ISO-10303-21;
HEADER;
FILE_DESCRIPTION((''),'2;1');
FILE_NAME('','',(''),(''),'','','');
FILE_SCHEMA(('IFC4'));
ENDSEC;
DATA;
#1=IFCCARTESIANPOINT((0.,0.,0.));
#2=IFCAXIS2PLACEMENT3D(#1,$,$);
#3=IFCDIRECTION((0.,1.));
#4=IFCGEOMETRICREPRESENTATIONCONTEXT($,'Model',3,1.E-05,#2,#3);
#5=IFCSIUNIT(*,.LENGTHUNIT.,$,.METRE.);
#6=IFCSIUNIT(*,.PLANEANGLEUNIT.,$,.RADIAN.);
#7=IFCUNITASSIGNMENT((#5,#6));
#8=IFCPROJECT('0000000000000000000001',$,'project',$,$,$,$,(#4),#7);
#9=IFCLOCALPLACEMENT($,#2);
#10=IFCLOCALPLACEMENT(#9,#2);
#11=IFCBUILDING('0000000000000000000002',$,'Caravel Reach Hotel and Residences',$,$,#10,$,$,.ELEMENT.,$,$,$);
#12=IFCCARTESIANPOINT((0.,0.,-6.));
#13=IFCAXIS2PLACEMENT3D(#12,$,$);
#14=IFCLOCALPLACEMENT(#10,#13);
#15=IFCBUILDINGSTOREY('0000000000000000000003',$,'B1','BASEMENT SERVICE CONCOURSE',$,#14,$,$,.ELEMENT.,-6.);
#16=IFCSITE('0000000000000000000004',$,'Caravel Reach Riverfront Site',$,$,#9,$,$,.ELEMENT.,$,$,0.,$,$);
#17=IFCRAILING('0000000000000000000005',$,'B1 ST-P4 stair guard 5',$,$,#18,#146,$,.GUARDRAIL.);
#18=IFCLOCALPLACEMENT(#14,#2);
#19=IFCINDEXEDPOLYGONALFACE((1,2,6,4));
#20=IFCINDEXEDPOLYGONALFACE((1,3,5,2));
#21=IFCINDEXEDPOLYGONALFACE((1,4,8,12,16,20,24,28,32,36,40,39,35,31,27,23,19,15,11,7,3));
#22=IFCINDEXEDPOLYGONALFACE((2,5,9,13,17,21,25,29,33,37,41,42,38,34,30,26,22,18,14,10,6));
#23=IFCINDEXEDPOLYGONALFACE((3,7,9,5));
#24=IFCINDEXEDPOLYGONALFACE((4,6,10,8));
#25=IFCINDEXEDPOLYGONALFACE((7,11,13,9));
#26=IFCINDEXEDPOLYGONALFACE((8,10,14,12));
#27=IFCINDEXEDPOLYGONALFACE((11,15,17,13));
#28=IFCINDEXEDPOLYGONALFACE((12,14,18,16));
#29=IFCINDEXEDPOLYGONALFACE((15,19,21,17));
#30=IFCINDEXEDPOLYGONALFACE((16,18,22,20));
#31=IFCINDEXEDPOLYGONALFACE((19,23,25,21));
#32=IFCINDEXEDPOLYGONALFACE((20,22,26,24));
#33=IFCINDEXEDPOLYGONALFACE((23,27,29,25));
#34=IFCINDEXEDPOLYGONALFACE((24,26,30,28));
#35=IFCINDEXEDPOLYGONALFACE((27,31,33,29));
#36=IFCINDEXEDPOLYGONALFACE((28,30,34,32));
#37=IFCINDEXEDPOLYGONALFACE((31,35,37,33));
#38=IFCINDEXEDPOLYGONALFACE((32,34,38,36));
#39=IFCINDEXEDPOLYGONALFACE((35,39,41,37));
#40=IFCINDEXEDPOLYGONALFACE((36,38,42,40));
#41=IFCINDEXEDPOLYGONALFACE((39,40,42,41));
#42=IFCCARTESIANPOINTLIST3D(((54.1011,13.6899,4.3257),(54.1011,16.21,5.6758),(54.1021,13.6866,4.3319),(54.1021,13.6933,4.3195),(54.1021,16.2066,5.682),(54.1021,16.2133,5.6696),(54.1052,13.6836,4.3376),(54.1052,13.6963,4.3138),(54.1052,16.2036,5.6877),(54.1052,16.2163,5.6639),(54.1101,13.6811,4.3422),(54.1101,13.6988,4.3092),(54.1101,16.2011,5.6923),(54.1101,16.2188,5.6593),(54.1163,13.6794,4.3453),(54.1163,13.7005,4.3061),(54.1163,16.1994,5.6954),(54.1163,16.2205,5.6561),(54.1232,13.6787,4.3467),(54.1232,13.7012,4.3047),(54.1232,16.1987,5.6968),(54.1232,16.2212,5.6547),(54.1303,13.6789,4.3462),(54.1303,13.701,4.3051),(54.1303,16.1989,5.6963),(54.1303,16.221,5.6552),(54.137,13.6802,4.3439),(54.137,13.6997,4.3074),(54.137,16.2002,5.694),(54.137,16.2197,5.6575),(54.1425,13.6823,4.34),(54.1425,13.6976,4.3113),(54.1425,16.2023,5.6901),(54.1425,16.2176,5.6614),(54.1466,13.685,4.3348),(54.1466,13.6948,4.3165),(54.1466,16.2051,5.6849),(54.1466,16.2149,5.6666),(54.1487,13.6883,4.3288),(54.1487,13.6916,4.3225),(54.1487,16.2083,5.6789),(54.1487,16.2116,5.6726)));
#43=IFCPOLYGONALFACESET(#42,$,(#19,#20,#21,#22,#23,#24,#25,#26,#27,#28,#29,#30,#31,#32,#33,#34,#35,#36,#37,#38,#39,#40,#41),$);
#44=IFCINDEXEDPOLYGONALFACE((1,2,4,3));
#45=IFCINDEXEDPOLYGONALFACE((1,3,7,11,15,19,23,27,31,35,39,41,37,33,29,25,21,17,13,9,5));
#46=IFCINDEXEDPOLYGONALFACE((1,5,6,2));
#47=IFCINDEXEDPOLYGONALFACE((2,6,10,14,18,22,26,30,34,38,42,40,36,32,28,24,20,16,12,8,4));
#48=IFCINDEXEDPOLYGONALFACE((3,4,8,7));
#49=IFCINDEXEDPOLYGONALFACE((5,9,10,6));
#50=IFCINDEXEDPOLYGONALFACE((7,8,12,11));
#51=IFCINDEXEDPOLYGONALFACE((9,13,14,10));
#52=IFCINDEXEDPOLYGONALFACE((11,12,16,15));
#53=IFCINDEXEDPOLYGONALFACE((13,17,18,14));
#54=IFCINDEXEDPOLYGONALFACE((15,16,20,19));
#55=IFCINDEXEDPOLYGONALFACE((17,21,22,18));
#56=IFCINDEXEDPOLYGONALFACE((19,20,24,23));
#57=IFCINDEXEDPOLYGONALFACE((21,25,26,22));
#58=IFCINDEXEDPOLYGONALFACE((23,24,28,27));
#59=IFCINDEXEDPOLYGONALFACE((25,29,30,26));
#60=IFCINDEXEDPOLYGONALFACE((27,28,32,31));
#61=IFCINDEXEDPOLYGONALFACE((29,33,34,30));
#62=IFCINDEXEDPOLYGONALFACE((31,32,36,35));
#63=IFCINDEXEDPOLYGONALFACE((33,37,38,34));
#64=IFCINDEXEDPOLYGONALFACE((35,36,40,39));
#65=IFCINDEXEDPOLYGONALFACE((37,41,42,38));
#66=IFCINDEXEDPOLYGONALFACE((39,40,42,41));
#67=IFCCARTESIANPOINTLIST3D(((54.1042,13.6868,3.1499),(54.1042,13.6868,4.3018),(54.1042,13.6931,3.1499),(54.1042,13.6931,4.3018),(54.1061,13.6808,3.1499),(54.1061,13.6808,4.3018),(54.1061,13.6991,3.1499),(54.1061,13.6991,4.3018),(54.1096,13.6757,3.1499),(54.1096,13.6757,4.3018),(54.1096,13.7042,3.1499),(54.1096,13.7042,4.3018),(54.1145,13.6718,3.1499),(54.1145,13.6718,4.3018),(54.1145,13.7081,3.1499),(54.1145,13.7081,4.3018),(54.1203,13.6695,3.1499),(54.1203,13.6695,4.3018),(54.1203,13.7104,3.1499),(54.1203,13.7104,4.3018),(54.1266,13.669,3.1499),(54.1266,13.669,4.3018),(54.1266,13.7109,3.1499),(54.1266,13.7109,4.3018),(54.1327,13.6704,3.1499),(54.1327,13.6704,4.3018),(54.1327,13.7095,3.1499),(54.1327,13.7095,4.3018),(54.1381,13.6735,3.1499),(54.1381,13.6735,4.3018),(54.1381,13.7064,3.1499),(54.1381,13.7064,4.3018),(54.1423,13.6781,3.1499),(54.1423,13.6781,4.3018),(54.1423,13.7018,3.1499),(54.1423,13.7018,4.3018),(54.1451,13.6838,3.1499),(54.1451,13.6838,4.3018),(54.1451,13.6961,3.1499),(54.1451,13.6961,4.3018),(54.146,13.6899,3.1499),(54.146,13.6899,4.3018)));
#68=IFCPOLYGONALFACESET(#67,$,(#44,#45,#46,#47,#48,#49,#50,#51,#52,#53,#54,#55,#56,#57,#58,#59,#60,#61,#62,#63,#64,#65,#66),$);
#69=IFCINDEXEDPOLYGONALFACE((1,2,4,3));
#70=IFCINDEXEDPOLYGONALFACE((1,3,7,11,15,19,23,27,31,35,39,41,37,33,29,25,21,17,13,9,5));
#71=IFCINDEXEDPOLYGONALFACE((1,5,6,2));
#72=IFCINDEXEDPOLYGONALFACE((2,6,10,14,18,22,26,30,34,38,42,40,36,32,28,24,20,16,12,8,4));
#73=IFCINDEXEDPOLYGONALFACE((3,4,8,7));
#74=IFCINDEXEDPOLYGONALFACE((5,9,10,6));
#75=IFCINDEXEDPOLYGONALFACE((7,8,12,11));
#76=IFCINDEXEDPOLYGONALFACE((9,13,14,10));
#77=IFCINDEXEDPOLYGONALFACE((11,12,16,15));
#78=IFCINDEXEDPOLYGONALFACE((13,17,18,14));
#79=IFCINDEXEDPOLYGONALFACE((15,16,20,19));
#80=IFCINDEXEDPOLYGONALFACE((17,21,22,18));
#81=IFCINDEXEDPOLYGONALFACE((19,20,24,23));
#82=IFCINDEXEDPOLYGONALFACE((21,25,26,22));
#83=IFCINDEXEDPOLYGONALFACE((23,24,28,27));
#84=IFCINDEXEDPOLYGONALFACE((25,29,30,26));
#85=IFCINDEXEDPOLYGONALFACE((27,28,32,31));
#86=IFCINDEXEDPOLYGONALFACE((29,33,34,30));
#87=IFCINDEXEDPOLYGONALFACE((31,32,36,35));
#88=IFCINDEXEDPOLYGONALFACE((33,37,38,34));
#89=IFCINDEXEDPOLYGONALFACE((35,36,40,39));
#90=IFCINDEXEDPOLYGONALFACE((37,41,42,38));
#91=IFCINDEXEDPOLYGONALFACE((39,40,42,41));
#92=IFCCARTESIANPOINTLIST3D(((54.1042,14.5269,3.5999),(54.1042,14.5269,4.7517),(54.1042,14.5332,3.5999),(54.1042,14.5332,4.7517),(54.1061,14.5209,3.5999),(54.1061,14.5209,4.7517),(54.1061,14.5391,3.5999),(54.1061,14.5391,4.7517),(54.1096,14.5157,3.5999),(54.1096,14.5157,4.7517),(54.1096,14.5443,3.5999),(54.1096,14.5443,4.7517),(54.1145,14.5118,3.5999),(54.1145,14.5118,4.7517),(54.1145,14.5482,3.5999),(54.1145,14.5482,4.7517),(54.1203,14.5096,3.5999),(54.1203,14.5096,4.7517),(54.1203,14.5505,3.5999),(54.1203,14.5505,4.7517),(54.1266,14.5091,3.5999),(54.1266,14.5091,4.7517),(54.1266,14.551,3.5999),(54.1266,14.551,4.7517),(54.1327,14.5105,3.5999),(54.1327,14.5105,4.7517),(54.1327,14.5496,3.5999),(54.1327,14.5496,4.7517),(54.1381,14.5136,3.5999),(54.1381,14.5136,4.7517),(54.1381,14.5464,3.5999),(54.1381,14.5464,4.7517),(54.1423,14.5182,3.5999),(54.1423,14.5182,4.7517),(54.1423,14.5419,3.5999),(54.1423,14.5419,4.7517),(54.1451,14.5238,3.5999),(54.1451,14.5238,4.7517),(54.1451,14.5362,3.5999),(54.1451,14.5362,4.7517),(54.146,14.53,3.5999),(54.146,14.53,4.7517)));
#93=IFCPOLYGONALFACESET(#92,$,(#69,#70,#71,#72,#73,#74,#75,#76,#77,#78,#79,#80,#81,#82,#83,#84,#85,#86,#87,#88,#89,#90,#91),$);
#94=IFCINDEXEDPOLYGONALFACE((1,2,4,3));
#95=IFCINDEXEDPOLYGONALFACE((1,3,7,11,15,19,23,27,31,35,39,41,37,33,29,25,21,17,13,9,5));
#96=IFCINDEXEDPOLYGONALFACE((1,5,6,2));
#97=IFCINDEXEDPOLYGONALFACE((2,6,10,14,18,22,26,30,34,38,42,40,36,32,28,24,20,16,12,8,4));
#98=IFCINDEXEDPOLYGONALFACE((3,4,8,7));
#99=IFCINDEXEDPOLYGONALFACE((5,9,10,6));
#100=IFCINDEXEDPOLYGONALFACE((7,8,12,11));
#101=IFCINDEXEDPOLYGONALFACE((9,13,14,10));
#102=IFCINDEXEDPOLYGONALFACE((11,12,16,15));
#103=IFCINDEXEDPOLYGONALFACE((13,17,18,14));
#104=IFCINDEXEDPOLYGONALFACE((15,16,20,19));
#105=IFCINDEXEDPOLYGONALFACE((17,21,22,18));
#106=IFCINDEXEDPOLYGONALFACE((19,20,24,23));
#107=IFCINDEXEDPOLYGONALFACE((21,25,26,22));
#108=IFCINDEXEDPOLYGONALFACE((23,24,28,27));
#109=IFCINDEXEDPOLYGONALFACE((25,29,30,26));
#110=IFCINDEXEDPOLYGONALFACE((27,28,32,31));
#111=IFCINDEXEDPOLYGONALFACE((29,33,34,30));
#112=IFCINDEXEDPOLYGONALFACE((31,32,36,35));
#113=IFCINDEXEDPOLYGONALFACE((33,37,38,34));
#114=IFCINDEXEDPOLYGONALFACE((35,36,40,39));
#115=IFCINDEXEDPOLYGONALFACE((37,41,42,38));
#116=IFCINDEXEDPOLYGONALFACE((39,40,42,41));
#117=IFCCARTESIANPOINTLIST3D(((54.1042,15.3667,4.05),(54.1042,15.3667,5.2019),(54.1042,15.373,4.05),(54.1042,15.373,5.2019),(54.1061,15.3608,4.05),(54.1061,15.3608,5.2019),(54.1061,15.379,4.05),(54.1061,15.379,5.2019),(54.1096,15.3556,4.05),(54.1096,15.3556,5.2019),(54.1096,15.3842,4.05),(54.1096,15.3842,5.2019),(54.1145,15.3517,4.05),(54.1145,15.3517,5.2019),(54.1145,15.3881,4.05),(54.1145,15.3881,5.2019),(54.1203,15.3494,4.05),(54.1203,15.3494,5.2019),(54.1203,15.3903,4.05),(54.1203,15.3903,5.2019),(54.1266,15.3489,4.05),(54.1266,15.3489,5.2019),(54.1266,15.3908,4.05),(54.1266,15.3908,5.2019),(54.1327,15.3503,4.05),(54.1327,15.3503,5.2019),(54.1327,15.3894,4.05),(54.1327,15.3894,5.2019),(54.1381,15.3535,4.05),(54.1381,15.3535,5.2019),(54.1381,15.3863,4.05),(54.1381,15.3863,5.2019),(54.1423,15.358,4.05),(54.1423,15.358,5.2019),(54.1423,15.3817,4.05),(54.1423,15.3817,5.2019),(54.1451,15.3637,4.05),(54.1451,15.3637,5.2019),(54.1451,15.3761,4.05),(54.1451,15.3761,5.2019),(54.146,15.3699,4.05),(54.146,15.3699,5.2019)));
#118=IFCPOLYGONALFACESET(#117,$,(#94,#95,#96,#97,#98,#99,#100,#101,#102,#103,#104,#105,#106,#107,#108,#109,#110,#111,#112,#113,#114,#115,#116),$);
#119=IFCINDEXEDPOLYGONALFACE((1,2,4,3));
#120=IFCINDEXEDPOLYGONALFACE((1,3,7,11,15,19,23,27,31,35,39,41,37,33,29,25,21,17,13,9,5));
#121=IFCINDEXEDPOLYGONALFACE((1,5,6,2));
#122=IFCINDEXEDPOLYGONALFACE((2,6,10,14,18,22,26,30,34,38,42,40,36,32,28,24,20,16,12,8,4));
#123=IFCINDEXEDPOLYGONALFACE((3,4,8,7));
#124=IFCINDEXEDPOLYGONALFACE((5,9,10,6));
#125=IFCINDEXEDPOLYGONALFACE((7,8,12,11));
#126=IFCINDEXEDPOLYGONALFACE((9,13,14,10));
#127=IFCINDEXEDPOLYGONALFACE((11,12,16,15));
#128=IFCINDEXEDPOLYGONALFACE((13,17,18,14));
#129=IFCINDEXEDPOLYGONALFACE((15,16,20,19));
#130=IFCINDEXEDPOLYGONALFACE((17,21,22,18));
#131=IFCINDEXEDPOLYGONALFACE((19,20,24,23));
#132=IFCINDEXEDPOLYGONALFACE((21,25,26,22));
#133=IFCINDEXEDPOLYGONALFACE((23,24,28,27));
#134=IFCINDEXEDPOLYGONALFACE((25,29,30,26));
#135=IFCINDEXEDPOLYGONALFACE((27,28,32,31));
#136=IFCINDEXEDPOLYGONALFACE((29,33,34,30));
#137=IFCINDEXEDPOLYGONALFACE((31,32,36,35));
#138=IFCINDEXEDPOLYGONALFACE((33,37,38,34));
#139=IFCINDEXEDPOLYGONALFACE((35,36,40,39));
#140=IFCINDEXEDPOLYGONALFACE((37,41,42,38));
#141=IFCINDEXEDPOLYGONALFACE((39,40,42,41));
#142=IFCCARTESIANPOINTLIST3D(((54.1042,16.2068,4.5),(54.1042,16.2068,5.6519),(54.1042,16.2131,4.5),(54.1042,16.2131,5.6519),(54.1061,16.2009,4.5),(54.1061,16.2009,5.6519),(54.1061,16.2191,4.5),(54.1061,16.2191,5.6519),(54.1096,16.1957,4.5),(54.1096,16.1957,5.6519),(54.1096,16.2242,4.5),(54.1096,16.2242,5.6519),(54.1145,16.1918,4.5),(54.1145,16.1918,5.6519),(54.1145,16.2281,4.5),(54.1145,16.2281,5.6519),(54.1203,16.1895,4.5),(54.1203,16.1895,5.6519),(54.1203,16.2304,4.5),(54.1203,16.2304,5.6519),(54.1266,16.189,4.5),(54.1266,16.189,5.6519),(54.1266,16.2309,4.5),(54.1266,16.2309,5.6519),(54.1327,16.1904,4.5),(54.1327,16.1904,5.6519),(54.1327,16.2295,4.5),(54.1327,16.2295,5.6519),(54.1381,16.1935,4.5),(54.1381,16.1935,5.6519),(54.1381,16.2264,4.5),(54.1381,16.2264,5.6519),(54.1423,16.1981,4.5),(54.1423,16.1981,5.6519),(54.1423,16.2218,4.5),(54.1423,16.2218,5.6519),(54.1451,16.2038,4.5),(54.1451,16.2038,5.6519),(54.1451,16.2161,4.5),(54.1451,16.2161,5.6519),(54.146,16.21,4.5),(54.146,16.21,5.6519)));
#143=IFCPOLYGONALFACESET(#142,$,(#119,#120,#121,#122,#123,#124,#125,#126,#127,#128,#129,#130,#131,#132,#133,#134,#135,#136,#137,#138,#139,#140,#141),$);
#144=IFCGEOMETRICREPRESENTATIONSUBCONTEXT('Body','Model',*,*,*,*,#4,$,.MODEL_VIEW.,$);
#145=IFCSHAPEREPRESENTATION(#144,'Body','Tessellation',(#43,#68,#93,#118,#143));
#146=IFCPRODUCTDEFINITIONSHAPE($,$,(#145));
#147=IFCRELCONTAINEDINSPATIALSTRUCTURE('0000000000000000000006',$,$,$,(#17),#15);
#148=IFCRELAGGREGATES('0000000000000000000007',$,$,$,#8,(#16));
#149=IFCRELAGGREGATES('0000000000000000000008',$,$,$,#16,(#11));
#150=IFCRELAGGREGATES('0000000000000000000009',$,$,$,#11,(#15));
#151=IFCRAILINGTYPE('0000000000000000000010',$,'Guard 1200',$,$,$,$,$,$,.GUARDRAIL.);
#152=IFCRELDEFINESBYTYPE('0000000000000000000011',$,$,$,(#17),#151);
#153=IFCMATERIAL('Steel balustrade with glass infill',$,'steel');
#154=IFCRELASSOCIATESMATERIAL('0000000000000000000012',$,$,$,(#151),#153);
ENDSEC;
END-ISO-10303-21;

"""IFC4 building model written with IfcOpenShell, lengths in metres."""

from ifc_helpers import new_model, si_unit, direction, frame, origin, origin_2d, place, context, subcontext, project, spatial, circle, extrude, material, type_object, element, save


model = new_model("IFC4")

# Units and contexts
model_context = context("Model", 3, precision=1e-05, world=origin(), true_north=direction((0.0, 1.0)))
body_context = subcontext(model_context, "Body", "Model", "MODEL_VIEW")
ifc_project = project(units=[si_unit("LENGTHUNIT", "METRE"), si_unit("PLANEANGLEUNIT", "RADIAN")], contexts=[model_context])

# Site, building, storey
site_placement = place(None, origin())
site = spatial("IfcSite", under=ifc_project, at=site_placement, Name="Caravel Reach Riverfront Site", CompositionType="ELEMENT", RefElevation=0.0)
building_placement = place(site_placement, origin())
building = spatial("IfcBuilding", under=site, at=building_placement, Name="Caravel Reach Hotel and Residences", CompositionType="ELEMENT")
storey_placement = place(building_placement, frame((0.0, 0.0, -6.0)))
storey = spatial("IfcBuildingStorey", under=building, at=storey_placement, Name="B1", Description="BASEMENT SERVICE CONCOURSE", CompositionType="ELEMENT", Elevation=-6.0)

# Railing
ifc_material_1 = material(Name="Steel balustrade with glass infill", Category="steel")
railing_type_1 = type_object("IfcRailingType", Name="Guard 1200", PredefinedType="GUARDRAIL", material=ifc_material_1)
railing_1_placement = place(storey_placement, frame((54.125, 13.6899, 3.1499)))
element("IfcRailing", 1, at=railing_1_placement, inside=storey, type_object=railing_type_1, Name="B1 ST-P4 stair guard 5", PredefinedType="GUARDRAIL", context=body_context, shape_type="SweptSolid", body=[
    extrude(circle(Radius=0.0239, at=origin_2d()), frame((0.0, 0.0, 1.1758), z_axis=(0.0, 0.881467, 0.472245), x_axis=(-1.0, 0.0, 0.0)), (0.0, 0.0, 1.0), 2.8589),
    extrude(circle(Radius=0.021, at=origin_2d()), origin(), (0.0, 0.0, 1.0), 1.1519),
    extrude(circle(Radius=0.021, at=origin_2d()), frame((0.0, 0.8401, 0.45)), (0.0, 0.0, 1.0), 1.1519),
    extrude(circle(Radius=0.021, at=origin_2d()), frame((0.0, 1.6799, 0.9001)), (0.0, 0.0, 1.0), 1.1519),
    extrude(circle(Radius=0.021, at=origin_2d()), frame((0.0, 2.52, 1.3501)), (0.0, 0.0, 1.0), 1.1519),
])

save(model, "model.ifc")
